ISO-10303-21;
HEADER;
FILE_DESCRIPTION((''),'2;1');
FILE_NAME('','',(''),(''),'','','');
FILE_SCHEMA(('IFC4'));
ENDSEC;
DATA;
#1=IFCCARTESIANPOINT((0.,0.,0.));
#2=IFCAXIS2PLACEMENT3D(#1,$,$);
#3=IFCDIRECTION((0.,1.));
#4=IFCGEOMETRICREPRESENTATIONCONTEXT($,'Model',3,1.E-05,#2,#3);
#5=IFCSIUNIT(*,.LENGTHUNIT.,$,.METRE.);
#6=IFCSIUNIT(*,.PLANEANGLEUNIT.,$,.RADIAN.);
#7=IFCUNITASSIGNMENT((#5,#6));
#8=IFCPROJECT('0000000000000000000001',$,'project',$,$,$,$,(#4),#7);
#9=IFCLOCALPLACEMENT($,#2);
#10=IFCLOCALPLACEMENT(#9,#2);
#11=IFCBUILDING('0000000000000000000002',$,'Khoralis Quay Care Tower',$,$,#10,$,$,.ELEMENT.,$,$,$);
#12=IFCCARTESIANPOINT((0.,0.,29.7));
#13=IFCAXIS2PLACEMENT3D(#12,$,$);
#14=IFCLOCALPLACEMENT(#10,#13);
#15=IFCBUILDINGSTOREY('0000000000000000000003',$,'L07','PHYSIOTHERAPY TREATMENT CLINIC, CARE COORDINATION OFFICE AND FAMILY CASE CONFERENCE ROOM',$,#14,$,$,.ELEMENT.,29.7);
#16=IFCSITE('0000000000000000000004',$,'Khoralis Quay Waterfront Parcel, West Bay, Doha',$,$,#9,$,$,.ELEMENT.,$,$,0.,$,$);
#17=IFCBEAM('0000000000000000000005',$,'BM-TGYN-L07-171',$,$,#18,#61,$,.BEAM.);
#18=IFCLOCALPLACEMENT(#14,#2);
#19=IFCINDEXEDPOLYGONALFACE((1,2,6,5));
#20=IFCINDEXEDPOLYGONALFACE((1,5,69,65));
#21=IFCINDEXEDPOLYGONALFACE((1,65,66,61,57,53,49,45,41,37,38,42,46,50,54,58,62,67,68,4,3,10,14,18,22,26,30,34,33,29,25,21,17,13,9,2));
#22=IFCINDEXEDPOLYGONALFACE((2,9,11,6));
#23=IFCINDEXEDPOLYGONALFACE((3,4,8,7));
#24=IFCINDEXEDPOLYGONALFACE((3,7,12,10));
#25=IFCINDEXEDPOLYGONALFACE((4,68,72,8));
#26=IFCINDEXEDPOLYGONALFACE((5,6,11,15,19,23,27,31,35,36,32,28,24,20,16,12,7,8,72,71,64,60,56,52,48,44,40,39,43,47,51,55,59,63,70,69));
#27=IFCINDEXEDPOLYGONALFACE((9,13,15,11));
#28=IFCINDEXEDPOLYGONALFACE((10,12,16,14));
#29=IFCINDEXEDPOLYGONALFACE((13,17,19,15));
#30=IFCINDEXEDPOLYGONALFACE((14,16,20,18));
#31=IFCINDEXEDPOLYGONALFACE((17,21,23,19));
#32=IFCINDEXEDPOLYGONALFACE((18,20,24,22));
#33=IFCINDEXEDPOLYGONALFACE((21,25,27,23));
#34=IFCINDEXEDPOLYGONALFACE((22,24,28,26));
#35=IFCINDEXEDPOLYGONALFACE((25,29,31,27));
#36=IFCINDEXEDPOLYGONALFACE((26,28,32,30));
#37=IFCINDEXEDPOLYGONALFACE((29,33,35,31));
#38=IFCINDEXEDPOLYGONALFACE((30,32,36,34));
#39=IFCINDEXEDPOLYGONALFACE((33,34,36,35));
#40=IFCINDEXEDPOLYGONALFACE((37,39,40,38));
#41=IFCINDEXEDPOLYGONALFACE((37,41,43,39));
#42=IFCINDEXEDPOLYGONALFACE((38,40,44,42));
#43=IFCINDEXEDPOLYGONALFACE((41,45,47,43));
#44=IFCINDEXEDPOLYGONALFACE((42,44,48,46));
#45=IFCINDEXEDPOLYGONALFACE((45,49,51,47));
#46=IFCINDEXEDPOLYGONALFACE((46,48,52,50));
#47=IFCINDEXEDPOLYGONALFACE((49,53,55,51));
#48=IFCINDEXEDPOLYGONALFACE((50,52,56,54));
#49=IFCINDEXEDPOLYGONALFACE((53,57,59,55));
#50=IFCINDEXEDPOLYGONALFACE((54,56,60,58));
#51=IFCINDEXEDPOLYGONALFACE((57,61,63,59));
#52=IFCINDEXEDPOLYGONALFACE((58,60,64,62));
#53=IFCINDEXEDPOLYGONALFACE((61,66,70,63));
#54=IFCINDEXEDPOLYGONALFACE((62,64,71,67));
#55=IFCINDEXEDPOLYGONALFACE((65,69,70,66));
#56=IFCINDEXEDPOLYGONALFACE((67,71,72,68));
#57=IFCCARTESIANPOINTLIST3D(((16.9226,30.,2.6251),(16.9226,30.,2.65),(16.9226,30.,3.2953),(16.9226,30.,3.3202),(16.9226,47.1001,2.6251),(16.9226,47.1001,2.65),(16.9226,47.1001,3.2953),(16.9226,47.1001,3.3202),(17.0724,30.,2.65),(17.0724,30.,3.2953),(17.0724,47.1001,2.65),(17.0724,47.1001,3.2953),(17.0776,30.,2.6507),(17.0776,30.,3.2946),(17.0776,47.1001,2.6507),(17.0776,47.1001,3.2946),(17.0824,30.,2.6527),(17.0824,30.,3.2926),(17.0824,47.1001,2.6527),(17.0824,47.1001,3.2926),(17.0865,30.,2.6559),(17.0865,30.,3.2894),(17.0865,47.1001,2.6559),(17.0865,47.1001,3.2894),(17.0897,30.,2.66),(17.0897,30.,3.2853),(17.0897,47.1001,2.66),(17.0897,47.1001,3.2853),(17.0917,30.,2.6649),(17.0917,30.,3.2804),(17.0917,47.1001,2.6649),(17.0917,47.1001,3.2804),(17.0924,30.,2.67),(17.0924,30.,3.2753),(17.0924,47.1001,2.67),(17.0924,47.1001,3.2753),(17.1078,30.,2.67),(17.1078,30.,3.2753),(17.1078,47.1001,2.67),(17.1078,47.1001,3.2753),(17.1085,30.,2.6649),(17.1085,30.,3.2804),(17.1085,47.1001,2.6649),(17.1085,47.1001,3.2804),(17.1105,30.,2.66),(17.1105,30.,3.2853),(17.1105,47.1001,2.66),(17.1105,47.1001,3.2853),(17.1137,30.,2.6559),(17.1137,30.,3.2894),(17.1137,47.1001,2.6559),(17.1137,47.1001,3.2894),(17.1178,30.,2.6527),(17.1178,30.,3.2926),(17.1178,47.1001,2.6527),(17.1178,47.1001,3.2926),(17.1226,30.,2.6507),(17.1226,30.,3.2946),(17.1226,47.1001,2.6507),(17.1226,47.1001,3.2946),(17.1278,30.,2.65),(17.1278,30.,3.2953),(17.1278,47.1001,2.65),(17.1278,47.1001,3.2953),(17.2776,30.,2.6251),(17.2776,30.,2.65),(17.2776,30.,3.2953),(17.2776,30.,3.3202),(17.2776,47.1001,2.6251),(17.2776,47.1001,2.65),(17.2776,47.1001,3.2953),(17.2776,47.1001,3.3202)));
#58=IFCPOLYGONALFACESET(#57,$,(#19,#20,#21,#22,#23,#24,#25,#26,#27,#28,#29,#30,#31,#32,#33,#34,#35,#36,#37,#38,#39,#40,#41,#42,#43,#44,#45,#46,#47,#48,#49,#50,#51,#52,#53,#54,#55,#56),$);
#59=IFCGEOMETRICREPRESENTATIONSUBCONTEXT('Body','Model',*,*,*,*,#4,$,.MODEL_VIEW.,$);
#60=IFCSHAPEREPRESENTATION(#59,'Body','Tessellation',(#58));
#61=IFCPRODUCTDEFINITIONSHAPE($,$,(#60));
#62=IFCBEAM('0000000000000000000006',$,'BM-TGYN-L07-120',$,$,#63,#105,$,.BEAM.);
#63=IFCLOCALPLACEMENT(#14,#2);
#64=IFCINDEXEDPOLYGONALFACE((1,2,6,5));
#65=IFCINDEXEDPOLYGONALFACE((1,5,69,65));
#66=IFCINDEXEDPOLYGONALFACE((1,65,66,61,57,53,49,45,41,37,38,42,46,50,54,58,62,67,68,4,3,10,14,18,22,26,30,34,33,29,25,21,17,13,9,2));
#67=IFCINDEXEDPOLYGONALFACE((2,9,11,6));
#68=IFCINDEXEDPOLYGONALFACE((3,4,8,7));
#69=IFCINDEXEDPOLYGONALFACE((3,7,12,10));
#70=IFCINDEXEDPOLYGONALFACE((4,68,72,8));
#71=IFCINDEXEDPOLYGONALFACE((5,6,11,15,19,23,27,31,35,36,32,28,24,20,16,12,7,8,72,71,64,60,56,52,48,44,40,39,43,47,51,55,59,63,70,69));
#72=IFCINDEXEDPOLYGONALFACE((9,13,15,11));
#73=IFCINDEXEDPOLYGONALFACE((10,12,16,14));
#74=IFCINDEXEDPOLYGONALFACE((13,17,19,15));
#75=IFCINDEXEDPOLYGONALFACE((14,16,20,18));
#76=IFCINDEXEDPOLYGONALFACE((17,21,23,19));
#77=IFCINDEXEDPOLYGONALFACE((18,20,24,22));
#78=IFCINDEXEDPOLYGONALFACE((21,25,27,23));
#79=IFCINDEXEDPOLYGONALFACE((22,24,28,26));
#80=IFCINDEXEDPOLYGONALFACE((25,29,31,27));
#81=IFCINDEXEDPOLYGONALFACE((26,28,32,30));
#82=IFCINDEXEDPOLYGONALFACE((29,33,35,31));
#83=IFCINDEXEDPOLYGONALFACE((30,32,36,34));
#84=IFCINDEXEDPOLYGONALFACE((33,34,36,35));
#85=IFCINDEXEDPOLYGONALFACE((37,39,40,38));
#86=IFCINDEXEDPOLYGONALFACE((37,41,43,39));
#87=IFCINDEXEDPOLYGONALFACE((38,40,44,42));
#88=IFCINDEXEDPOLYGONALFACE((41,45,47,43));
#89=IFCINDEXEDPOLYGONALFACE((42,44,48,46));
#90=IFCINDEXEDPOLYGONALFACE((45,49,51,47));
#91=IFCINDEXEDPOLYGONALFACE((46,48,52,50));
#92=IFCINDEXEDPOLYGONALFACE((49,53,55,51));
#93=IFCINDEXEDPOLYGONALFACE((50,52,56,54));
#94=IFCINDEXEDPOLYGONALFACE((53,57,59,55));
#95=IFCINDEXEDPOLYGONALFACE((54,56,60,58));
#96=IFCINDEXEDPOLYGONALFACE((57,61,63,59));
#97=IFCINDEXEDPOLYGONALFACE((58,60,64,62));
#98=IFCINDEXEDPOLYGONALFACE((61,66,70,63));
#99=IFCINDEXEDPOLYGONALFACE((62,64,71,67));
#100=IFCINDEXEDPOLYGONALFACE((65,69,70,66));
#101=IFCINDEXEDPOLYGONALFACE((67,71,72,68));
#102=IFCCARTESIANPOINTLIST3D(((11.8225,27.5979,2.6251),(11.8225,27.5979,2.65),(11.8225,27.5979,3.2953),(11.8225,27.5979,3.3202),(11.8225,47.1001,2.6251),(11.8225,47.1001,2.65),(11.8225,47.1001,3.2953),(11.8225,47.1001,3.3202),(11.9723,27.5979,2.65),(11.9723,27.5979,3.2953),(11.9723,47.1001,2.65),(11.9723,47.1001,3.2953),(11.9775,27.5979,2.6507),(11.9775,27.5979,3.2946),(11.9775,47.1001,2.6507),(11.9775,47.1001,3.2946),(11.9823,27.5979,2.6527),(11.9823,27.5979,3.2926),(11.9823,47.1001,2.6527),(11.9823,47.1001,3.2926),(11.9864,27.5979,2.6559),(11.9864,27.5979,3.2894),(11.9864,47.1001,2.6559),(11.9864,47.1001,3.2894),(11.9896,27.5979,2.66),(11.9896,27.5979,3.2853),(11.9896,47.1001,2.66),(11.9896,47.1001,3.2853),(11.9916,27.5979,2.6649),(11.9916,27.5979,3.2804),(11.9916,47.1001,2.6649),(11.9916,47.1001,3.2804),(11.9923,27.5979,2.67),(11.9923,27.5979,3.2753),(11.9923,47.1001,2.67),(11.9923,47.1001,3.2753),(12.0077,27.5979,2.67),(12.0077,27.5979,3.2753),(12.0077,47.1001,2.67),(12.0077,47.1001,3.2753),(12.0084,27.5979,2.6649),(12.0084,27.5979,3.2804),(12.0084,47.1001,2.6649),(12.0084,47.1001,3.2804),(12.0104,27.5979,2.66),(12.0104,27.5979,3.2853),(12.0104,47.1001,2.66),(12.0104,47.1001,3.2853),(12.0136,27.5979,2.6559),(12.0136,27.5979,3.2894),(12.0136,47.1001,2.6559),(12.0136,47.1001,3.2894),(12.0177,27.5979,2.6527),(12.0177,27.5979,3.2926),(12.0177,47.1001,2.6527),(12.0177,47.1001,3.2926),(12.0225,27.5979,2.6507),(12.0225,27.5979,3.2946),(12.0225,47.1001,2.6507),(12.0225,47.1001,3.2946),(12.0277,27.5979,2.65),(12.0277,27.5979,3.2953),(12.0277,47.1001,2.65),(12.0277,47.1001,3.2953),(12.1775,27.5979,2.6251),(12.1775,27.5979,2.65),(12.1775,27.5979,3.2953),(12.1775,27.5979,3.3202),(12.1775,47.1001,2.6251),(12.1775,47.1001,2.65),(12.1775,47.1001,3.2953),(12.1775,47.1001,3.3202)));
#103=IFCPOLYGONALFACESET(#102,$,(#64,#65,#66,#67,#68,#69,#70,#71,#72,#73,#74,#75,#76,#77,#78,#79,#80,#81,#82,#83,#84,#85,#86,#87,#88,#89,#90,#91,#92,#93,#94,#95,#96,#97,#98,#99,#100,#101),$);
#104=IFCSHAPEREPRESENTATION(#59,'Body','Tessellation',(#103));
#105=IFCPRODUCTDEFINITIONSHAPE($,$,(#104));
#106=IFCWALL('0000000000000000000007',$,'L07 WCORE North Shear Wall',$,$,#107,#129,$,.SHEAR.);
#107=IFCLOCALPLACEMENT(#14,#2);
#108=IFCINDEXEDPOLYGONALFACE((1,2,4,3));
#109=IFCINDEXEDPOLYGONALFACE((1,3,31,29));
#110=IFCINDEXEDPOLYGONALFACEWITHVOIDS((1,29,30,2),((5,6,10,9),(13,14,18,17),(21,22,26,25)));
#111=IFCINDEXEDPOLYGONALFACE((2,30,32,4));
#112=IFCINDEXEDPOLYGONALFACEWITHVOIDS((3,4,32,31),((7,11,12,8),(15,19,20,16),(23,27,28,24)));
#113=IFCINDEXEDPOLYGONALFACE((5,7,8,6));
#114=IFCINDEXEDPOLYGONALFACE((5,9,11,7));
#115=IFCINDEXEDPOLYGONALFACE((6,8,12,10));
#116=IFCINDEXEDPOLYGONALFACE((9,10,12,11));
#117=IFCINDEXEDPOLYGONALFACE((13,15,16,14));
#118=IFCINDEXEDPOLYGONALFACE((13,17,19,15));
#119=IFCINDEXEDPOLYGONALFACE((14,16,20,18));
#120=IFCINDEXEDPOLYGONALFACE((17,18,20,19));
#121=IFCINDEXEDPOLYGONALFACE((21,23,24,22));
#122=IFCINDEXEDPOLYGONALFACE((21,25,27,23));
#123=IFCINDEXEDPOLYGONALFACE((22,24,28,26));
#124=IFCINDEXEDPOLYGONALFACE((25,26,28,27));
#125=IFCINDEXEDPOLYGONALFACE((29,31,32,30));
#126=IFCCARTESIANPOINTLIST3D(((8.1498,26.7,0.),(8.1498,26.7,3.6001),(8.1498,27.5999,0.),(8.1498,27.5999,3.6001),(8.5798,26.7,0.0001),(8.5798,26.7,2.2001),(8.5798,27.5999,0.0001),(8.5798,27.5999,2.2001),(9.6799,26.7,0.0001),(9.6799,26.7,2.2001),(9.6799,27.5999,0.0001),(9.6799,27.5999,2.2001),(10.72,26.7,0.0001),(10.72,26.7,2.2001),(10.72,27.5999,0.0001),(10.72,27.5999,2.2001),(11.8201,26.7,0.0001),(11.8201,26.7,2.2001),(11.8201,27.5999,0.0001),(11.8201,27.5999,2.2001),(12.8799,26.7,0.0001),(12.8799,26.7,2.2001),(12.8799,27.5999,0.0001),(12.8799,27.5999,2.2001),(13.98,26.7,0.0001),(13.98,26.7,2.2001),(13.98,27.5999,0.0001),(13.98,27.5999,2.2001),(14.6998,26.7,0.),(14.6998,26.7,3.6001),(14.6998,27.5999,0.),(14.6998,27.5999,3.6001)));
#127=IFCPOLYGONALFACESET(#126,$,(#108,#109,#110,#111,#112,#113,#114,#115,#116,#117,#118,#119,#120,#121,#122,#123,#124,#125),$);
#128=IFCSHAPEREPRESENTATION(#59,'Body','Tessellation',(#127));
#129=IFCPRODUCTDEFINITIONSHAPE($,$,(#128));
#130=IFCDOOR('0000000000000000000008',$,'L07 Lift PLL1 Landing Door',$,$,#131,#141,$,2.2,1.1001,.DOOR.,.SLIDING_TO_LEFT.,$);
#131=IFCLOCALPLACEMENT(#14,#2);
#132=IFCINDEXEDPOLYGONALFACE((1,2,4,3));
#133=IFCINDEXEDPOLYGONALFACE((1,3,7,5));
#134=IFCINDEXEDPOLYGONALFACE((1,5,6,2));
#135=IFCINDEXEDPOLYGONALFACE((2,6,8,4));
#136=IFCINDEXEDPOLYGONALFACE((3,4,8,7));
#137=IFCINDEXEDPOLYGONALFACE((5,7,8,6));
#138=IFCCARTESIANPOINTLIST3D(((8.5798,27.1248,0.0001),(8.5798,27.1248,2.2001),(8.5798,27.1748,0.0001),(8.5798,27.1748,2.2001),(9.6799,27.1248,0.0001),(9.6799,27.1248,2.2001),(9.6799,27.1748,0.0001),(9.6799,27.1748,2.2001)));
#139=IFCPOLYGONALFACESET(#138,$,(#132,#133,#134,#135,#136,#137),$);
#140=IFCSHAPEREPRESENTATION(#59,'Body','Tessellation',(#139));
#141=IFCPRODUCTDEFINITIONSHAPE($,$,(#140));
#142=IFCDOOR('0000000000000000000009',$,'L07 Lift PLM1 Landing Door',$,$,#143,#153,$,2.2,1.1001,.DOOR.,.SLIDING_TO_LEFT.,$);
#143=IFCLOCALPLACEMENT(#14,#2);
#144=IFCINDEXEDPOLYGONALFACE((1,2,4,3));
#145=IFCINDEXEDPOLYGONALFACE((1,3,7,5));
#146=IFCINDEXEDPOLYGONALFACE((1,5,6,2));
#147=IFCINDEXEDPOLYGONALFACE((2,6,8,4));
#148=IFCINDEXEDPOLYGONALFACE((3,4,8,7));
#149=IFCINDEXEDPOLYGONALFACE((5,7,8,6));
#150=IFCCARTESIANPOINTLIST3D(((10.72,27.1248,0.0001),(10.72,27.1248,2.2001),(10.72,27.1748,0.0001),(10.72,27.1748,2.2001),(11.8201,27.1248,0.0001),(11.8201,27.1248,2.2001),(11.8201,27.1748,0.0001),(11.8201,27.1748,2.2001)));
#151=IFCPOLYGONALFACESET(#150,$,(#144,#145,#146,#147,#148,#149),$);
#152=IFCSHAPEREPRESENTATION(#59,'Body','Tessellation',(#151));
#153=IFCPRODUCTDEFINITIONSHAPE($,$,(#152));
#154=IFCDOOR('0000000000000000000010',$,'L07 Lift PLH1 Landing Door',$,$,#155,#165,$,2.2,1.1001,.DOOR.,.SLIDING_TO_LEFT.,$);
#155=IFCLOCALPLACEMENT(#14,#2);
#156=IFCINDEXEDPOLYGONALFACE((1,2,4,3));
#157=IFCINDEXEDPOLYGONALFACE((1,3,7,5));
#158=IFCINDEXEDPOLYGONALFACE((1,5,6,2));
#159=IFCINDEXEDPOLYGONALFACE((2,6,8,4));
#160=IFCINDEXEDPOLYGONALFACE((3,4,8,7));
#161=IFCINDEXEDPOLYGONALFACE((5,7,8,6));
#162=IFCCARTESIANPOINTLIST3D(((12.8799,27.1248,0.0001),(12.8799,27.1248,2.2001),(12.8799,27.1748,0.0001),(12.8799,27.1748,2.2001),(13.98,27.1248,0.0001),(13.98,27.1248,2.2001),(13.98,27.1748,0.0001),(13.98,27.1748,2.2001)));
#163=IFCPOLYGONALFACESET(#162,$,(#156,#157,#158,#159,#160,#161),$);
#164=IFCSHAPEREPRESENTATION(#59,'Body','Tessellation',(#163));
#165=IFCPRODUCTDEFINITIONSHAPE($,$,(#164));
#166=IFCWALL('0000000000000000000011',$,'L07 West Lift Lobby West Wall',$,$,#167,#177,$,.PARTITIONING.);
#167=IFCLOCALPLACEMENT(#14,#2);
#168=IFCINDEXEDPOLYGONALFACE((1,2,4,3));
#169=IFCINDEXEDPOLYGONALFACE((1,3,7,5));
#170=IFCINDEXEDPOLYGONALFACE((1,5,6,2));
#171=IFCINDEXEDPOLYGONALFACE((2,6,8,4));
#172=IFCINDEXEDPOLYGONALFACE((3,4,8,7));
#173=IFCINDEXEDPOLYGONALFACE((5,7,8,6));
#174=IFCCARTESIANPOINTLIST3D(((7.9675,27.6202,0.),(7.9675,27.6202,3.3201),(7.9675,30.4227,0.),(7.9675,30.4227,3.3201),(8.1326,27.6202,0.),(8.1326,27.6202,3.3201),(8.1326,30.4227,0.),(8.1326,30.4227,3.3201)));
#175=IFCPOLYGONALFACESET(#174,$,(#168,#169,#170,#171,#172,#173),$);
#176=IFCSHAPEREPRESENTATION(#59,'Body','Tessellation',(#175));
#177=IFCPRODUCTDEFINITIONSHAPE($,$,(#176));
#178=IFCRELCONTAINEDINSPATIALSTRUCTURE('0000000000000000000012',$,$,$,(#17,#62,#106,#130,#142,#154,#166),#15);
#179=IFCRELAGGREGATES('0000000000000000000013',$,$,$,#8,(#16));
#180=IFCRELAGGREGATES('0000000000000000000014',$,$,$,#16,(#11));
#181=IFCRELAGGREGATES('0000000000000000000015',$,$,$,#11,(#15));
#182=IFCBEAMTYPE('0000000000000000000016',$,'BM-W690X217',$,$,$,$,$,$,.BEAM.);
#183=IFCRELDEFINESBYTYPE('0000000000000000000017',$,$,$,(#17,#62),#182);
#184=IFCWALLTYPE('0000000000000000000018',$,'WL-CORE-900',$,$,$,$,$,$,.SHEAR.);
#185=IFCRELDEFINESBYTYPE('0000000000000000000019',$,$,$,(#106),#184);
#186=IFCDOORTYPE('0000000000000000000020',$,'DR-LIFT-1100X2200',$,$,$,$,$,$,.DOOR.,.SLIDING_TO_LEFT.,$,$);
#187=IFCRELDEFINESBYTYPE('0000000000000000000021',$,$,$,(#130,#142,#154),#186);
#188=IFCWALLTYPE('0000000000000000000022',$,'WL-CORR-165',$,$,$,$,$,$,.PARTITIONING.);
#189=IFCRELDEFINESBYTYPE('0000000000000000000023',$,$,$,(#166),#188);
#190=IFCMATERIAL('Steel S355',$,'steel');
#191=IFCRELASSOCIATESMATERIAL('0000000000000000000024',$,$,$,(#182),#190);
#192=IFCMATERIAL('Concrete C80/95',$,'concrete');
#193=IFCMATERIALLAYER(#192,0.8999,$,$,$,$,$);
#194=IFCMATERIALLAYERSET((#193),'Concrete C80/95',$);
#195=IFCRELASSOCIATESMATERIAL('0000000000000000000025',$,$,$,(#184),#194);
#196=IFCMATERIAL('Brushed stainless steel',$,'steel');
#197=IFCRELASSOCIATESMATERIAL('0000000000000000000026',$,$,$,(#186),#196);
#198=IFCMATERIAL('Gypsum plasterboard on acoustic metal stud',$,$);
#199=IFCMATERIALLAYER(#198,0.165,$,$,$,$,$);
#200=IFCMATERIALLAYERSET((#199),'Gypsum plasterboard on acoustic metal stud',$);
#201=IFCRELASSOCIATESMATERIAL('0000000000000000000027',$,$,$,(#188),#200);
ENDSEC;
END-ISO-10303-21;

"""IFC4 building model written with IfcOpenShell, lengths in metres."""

from ifc_helpers import new_model, si_unit, direction, frame, frame_2d, origin, origin_2d, place, context, subcontext, project, spatial, rectangle, i_section, extrude, source, transform, mapped, material, layer, layer_set, material_profile, profile_set, type_object, element, fill, save


model = new_model("IFC4")

# Units and contexts
model_context = context("Model", 3, precision=1e-05, world=origin(), true_north=direction((0.0, 1.0)))
body_context = subcontext(model_context, "Body", "Model", "MODEL_VIEW")
ifc_project = project(units=[si_unit("LENGTHUNIT", "METRE"), si_unit("PLANEANGLEUNIT", "RADIAN")], contexts=[model_context])

# Site, building, storey
site_placement = place(None, origin())
site = spatial("IfcSite", under=ifc_project, at=site_placement, Name="Khoralis Quay Waterfront Parcel, West Bay, Doha", CompositionType="ELEMENT", RefElevation=0.0)
building_placement = place(site_placement, origin())
building = spatial("IfcBuilding", under=site, at=building_placement, Name="Khoralis Quay Care Tower", CompositionType="ELEMENT")
storey_placement = place(building_placement, frame((0.0, 0.0, 29.7)))
storey = spatial("IfcBuildingStorey", under=building, at=storey_placement, Name="L07", Description="PHYSIOTHERAPY TREATMENT CLINIC, CARE COORDINATION OFFICE AND FAMILY CASE CONFERENCE ROOM", CompositionType="ELEMENT", Elevation=29.7)

# Shared definitions
ifc_material_1 = material(Name="Concrete C80/95", Category="concrete")

# Beams
ifc_material_2 = material(Name="Steel S355", Category="steel")
ifc_material_profile_1 = material_profile(ifc_material_2, i_section(OverallWidth=0.355, OverallDepth=0.6951, WebThickness=0.0154, FlangeThickness=0.0249, FilletRadius=0.02, at=origin_2d()), Name="Steel S355")
ifc_profile_set_1 = profile_set([ifc_material_profile_1], Name="Steel S355")
beam_type_1 = type_object("IfcBeamType", Name="BM-W690X217", PredefinedType="BEAM", material=ifc_profile_set_1)
shared_shape_1 = source(origin(), body_context, "Body", "SweptSolid", [
    extrude(i_section(OverallWidth=0.355, OverallDepth=0.6951, WebThickness=0.0154, FlangeThickness=0.0249, FilletRadius=0.02, at=origin_2d()), origin(), (0.0, 0.0, 1.0), 17.1001),
])
for number, where, z_axis, x_axis, name in (
    (1, (17.1001, 30.0, 2.9727), (0.0, 1.0, 0.0), (-1.0, 0.0, 0.0), "BM-TGYN-L07-171"),
):
    element("IfcBeam", number, at=place(storey_placement, frame(where, z_axis=z_axis, x_axis=x_axis)), inside=storey, type_object=beam_type_1, Name=name, PredefinedType="BEAM", context=body_context, shape_type="MappedRepresentation", body=[
        mapped(shared_shape_1, transform((0.0, 0.0, 0.0), scale=1.0)),
    ])
shared_shape_2 = source(origin(), body_context, "Body", "SweptSolid", [
    extrude(i_section(OverallWidth=0.355, OverallDepth=0.6951, WebThickness=0.0154, FlangeThickness=0.0249, FilletRadius=0.02, at=origin_2d()), origin(), (0.0, 0.0, 1.0), 19.5022),
])
beam_1_placement = place(storey_placement, frame((12.0, 27.5979, 2.9727), z_axis=(0.0, 1.0, 0.0), x_axis=(-1.0, 0.0, 0.0)))
element("IfcBeam", 2, at=beam_1_placement, inside=storey, type_object=beam_type_1, Name="BM-TGYN-L07-120", PredefinedType="BEAM", context=body_context, shape_type="MappedRepresentation", body=[
    mapped(shared_shape_2, transform((0.0, 0.0, 0.0), scale=1.0)),
])

# Wall, openings, doors
ifc_layer_1 = layer(ifc_material_1, 0.8999)
ifc_layer_set_1 = layer_set([ifc_layer_1], Name="Concrete C80/95")
wall_type_1 = type_object("IfcWallType", Name="WL-CORE-900", PredefinedType="SHEAR", material=ifc_layer_set_1)
wall_1_placement = place(storey_placement, frame((8.1499, 27.1499, 0.0), z_axis=(0.0, 0.0, 1.0), x_axis=(1.0, 0.0, 0.0)))
wall_1 = element("IfcWall", 3, at=wall_1_placement, inside=storey, type_object=wall_type_1, Name="L07 WCORE North Shear Wall", PredefinedType="SHEAR", context=body_context, shape_type="SweptSolid", body=[
    extrude(rectangle(XDim=6.55, YDim=0.8999, at=frame_2d((3.2749, 0.0))), origin(), (0.0, 0.0, 1.0), 3.6001),
])
opening_1_placement = place(wall_1_placement, frame((0.4299, 0.0, 0.0)))
opening_1 = element("IfcOpeningElement", 4, at=opening_1_placement, cuts=wall_1, PredefinedType="OPENING", context=body_context, shape_type="SweptSolid", body=[
    extrude(rectangle(XDim=1.1001, YDim=2.2, at=frame_2d((0.55, 1.1001))), frame((0.0, 0.46, 0.0), z_axis=(0.0, -1.0, 0.0), x_axis=(1.0, 0.0, 0.0)), (0.0, 0.0, 1.0), 0.9199),
])
opening_2_placement = place(wall_1_placement, frame((2.5701, 0.0, 0.0)))
opening_2 = element("IfcOpeningElement", 5, at=opening_2_placement, cuts=wall_1, PredefinedType="OPENING", context=body_context, shape_type="SweptSolid", body=[
    extrude(rectangle(XDim=1.1001, YDim=2.2, at=frame_2d((0.55, 1.1001))), frame((0.0, 0.46, 0.0), z_axis=(0.0, -1.0, 0.0), x_axis=(1.0, 0.0, 0.0)), (0.0, 0.0, 1.0), 0.9199),
])
opening_3_placement = place(wall_1_placement, frame((4.73, 0.0, 0.0)))
opening_3 = element("IfcOpeningElement", 6, at=opening_3_placement, cuts=wall_1, PredefinedType="OPENING", context=body_context, shape_type="SweptSolid", body=[
    extrude(rectangle(XDim=1.1001, YDim=2.2, at=frame_2d((0.55, 1.1001))), frame((0.0, 0.46, 0.0), z_axis=(0.0, -1.0, 0.0), x_axis=(1.0, 0.0, 0.0)), (0.0, 0.0, 1.0), 0.9199),
])
ifc_material_3 = material(Name="Brushed stainless steel", Category="steel")
door_type_1 = type_object("IfcDoorType", Name="DR-LIFT-1100X2200", OperationType="SLIDING_TO_LEFT", PredefinedType="DOOR", material=ifc_material_3)
shared_shape_3 = source(origin(), body_context, "Body", "SweptSolid", [
    extrude(rectangle(XDim=1.1001, YDim=2.2, at=frame_2d((0.55, 1.1001))), frame((0.0, 0.0249, 0.0), z_axis=(0.0, -1.0, 0.0), x_axis=(1.0, 0.0, 0.0)), (0.0, 0.0, 1.0), 0.05),
])
door_1_placement = place(opening_1_placement, origin())
door_1 = element("IfcDoor", 7, at=door_1_placement, inside=storey, type_object=door_type_1, Name="L07 Lift PLL1 Landing Door", OperationType="SLIDING_TO_LEFT", OverallHeight=2.2, OverallWidth=1.1001, PredefinedType="DOOR", context=body_context, shape_type="MappedRepresentation", body=[
    mapped(shared_shape_3, transform((0.0, 0.0, 0.0), scale=1.0)),
])
fill(opening_1, door_1)
door_2_placement = place(opening_2_placement, origin())
door_2 = element("IfcDoor", 8, at=door_2_placement, inside=storey, type_object=door_type_1, Name="L07 Lift PLM1 Landing Door", OperationType="SLIDING_TO_LEFT", OverallHeight=2.2, OverallWidth=1.1001, PredefinedType="DOOR", context=body_context, shape_type="MappedRepresentation", body=[
    mapped(shared_shape_3, transform((0.0, 0.0, 0.0), scale=1.0)),
])
fill(opening_2, door_2)
door_3_placement = place(opening_3_placement, origin())
door_3 = element("IfcDoor", 9, at=door_3_placement, inside=storey, type_object=door_type_1, Name="L07 Lift PLH1 Landing Door", OperationType="SLIDING_TO_LEFT", OverallHeight=2.2, OverallWidth=1.1001, PredefinedType="DOOR", context=body_context, shape_type="MappedRepresentation", body=[
    mapped(shared_shape_3, transform((0.0, 0.0, 0.0), scale=1.0)),
])
fill(opening_3, door_3)

# Wall
ifc_material_4 = material(Name="Gypsum plasterboard on acoustic metal stud")
ifc_layer_2 = layer(ifc_material_4, 0.165)
ifc_layer_set_2 = layer_set([ifc_layer_2], Name="Gypsum plasterboard on acoustic metal stud")
wall_type_2 = type_object("IfcWallType", Name="WL-CORR-165", PredefinedType="PARTITIONING", material=ifc_layer_set_2)
for number, where, z_axis, x_axis, name in (
    (10, (8.05, 27.6201, 0.0), (0.0, 0.0, 1.0), (0.0, 1.0, 0.0), "L07 West Lift Lobby West Wall"),
):
    element("IfcWall", number, at=place(storey_placement, frame(where, z_axis=z_axis, x_axis=x_axis)), inside=storey, type_object=wall_type_2, Name=name, PredefinedType="PARTITIONING", context=body_context, shape_type="SweptSolid", body=[
        extrude(rectangle(XDim=2.8025, YDim=0.165, at=frame_2d((1.4014, 0.0))), origin(), (0.0, 0.0, 1.0), 3.3201),
    ])

save(model, "model.ifc")
